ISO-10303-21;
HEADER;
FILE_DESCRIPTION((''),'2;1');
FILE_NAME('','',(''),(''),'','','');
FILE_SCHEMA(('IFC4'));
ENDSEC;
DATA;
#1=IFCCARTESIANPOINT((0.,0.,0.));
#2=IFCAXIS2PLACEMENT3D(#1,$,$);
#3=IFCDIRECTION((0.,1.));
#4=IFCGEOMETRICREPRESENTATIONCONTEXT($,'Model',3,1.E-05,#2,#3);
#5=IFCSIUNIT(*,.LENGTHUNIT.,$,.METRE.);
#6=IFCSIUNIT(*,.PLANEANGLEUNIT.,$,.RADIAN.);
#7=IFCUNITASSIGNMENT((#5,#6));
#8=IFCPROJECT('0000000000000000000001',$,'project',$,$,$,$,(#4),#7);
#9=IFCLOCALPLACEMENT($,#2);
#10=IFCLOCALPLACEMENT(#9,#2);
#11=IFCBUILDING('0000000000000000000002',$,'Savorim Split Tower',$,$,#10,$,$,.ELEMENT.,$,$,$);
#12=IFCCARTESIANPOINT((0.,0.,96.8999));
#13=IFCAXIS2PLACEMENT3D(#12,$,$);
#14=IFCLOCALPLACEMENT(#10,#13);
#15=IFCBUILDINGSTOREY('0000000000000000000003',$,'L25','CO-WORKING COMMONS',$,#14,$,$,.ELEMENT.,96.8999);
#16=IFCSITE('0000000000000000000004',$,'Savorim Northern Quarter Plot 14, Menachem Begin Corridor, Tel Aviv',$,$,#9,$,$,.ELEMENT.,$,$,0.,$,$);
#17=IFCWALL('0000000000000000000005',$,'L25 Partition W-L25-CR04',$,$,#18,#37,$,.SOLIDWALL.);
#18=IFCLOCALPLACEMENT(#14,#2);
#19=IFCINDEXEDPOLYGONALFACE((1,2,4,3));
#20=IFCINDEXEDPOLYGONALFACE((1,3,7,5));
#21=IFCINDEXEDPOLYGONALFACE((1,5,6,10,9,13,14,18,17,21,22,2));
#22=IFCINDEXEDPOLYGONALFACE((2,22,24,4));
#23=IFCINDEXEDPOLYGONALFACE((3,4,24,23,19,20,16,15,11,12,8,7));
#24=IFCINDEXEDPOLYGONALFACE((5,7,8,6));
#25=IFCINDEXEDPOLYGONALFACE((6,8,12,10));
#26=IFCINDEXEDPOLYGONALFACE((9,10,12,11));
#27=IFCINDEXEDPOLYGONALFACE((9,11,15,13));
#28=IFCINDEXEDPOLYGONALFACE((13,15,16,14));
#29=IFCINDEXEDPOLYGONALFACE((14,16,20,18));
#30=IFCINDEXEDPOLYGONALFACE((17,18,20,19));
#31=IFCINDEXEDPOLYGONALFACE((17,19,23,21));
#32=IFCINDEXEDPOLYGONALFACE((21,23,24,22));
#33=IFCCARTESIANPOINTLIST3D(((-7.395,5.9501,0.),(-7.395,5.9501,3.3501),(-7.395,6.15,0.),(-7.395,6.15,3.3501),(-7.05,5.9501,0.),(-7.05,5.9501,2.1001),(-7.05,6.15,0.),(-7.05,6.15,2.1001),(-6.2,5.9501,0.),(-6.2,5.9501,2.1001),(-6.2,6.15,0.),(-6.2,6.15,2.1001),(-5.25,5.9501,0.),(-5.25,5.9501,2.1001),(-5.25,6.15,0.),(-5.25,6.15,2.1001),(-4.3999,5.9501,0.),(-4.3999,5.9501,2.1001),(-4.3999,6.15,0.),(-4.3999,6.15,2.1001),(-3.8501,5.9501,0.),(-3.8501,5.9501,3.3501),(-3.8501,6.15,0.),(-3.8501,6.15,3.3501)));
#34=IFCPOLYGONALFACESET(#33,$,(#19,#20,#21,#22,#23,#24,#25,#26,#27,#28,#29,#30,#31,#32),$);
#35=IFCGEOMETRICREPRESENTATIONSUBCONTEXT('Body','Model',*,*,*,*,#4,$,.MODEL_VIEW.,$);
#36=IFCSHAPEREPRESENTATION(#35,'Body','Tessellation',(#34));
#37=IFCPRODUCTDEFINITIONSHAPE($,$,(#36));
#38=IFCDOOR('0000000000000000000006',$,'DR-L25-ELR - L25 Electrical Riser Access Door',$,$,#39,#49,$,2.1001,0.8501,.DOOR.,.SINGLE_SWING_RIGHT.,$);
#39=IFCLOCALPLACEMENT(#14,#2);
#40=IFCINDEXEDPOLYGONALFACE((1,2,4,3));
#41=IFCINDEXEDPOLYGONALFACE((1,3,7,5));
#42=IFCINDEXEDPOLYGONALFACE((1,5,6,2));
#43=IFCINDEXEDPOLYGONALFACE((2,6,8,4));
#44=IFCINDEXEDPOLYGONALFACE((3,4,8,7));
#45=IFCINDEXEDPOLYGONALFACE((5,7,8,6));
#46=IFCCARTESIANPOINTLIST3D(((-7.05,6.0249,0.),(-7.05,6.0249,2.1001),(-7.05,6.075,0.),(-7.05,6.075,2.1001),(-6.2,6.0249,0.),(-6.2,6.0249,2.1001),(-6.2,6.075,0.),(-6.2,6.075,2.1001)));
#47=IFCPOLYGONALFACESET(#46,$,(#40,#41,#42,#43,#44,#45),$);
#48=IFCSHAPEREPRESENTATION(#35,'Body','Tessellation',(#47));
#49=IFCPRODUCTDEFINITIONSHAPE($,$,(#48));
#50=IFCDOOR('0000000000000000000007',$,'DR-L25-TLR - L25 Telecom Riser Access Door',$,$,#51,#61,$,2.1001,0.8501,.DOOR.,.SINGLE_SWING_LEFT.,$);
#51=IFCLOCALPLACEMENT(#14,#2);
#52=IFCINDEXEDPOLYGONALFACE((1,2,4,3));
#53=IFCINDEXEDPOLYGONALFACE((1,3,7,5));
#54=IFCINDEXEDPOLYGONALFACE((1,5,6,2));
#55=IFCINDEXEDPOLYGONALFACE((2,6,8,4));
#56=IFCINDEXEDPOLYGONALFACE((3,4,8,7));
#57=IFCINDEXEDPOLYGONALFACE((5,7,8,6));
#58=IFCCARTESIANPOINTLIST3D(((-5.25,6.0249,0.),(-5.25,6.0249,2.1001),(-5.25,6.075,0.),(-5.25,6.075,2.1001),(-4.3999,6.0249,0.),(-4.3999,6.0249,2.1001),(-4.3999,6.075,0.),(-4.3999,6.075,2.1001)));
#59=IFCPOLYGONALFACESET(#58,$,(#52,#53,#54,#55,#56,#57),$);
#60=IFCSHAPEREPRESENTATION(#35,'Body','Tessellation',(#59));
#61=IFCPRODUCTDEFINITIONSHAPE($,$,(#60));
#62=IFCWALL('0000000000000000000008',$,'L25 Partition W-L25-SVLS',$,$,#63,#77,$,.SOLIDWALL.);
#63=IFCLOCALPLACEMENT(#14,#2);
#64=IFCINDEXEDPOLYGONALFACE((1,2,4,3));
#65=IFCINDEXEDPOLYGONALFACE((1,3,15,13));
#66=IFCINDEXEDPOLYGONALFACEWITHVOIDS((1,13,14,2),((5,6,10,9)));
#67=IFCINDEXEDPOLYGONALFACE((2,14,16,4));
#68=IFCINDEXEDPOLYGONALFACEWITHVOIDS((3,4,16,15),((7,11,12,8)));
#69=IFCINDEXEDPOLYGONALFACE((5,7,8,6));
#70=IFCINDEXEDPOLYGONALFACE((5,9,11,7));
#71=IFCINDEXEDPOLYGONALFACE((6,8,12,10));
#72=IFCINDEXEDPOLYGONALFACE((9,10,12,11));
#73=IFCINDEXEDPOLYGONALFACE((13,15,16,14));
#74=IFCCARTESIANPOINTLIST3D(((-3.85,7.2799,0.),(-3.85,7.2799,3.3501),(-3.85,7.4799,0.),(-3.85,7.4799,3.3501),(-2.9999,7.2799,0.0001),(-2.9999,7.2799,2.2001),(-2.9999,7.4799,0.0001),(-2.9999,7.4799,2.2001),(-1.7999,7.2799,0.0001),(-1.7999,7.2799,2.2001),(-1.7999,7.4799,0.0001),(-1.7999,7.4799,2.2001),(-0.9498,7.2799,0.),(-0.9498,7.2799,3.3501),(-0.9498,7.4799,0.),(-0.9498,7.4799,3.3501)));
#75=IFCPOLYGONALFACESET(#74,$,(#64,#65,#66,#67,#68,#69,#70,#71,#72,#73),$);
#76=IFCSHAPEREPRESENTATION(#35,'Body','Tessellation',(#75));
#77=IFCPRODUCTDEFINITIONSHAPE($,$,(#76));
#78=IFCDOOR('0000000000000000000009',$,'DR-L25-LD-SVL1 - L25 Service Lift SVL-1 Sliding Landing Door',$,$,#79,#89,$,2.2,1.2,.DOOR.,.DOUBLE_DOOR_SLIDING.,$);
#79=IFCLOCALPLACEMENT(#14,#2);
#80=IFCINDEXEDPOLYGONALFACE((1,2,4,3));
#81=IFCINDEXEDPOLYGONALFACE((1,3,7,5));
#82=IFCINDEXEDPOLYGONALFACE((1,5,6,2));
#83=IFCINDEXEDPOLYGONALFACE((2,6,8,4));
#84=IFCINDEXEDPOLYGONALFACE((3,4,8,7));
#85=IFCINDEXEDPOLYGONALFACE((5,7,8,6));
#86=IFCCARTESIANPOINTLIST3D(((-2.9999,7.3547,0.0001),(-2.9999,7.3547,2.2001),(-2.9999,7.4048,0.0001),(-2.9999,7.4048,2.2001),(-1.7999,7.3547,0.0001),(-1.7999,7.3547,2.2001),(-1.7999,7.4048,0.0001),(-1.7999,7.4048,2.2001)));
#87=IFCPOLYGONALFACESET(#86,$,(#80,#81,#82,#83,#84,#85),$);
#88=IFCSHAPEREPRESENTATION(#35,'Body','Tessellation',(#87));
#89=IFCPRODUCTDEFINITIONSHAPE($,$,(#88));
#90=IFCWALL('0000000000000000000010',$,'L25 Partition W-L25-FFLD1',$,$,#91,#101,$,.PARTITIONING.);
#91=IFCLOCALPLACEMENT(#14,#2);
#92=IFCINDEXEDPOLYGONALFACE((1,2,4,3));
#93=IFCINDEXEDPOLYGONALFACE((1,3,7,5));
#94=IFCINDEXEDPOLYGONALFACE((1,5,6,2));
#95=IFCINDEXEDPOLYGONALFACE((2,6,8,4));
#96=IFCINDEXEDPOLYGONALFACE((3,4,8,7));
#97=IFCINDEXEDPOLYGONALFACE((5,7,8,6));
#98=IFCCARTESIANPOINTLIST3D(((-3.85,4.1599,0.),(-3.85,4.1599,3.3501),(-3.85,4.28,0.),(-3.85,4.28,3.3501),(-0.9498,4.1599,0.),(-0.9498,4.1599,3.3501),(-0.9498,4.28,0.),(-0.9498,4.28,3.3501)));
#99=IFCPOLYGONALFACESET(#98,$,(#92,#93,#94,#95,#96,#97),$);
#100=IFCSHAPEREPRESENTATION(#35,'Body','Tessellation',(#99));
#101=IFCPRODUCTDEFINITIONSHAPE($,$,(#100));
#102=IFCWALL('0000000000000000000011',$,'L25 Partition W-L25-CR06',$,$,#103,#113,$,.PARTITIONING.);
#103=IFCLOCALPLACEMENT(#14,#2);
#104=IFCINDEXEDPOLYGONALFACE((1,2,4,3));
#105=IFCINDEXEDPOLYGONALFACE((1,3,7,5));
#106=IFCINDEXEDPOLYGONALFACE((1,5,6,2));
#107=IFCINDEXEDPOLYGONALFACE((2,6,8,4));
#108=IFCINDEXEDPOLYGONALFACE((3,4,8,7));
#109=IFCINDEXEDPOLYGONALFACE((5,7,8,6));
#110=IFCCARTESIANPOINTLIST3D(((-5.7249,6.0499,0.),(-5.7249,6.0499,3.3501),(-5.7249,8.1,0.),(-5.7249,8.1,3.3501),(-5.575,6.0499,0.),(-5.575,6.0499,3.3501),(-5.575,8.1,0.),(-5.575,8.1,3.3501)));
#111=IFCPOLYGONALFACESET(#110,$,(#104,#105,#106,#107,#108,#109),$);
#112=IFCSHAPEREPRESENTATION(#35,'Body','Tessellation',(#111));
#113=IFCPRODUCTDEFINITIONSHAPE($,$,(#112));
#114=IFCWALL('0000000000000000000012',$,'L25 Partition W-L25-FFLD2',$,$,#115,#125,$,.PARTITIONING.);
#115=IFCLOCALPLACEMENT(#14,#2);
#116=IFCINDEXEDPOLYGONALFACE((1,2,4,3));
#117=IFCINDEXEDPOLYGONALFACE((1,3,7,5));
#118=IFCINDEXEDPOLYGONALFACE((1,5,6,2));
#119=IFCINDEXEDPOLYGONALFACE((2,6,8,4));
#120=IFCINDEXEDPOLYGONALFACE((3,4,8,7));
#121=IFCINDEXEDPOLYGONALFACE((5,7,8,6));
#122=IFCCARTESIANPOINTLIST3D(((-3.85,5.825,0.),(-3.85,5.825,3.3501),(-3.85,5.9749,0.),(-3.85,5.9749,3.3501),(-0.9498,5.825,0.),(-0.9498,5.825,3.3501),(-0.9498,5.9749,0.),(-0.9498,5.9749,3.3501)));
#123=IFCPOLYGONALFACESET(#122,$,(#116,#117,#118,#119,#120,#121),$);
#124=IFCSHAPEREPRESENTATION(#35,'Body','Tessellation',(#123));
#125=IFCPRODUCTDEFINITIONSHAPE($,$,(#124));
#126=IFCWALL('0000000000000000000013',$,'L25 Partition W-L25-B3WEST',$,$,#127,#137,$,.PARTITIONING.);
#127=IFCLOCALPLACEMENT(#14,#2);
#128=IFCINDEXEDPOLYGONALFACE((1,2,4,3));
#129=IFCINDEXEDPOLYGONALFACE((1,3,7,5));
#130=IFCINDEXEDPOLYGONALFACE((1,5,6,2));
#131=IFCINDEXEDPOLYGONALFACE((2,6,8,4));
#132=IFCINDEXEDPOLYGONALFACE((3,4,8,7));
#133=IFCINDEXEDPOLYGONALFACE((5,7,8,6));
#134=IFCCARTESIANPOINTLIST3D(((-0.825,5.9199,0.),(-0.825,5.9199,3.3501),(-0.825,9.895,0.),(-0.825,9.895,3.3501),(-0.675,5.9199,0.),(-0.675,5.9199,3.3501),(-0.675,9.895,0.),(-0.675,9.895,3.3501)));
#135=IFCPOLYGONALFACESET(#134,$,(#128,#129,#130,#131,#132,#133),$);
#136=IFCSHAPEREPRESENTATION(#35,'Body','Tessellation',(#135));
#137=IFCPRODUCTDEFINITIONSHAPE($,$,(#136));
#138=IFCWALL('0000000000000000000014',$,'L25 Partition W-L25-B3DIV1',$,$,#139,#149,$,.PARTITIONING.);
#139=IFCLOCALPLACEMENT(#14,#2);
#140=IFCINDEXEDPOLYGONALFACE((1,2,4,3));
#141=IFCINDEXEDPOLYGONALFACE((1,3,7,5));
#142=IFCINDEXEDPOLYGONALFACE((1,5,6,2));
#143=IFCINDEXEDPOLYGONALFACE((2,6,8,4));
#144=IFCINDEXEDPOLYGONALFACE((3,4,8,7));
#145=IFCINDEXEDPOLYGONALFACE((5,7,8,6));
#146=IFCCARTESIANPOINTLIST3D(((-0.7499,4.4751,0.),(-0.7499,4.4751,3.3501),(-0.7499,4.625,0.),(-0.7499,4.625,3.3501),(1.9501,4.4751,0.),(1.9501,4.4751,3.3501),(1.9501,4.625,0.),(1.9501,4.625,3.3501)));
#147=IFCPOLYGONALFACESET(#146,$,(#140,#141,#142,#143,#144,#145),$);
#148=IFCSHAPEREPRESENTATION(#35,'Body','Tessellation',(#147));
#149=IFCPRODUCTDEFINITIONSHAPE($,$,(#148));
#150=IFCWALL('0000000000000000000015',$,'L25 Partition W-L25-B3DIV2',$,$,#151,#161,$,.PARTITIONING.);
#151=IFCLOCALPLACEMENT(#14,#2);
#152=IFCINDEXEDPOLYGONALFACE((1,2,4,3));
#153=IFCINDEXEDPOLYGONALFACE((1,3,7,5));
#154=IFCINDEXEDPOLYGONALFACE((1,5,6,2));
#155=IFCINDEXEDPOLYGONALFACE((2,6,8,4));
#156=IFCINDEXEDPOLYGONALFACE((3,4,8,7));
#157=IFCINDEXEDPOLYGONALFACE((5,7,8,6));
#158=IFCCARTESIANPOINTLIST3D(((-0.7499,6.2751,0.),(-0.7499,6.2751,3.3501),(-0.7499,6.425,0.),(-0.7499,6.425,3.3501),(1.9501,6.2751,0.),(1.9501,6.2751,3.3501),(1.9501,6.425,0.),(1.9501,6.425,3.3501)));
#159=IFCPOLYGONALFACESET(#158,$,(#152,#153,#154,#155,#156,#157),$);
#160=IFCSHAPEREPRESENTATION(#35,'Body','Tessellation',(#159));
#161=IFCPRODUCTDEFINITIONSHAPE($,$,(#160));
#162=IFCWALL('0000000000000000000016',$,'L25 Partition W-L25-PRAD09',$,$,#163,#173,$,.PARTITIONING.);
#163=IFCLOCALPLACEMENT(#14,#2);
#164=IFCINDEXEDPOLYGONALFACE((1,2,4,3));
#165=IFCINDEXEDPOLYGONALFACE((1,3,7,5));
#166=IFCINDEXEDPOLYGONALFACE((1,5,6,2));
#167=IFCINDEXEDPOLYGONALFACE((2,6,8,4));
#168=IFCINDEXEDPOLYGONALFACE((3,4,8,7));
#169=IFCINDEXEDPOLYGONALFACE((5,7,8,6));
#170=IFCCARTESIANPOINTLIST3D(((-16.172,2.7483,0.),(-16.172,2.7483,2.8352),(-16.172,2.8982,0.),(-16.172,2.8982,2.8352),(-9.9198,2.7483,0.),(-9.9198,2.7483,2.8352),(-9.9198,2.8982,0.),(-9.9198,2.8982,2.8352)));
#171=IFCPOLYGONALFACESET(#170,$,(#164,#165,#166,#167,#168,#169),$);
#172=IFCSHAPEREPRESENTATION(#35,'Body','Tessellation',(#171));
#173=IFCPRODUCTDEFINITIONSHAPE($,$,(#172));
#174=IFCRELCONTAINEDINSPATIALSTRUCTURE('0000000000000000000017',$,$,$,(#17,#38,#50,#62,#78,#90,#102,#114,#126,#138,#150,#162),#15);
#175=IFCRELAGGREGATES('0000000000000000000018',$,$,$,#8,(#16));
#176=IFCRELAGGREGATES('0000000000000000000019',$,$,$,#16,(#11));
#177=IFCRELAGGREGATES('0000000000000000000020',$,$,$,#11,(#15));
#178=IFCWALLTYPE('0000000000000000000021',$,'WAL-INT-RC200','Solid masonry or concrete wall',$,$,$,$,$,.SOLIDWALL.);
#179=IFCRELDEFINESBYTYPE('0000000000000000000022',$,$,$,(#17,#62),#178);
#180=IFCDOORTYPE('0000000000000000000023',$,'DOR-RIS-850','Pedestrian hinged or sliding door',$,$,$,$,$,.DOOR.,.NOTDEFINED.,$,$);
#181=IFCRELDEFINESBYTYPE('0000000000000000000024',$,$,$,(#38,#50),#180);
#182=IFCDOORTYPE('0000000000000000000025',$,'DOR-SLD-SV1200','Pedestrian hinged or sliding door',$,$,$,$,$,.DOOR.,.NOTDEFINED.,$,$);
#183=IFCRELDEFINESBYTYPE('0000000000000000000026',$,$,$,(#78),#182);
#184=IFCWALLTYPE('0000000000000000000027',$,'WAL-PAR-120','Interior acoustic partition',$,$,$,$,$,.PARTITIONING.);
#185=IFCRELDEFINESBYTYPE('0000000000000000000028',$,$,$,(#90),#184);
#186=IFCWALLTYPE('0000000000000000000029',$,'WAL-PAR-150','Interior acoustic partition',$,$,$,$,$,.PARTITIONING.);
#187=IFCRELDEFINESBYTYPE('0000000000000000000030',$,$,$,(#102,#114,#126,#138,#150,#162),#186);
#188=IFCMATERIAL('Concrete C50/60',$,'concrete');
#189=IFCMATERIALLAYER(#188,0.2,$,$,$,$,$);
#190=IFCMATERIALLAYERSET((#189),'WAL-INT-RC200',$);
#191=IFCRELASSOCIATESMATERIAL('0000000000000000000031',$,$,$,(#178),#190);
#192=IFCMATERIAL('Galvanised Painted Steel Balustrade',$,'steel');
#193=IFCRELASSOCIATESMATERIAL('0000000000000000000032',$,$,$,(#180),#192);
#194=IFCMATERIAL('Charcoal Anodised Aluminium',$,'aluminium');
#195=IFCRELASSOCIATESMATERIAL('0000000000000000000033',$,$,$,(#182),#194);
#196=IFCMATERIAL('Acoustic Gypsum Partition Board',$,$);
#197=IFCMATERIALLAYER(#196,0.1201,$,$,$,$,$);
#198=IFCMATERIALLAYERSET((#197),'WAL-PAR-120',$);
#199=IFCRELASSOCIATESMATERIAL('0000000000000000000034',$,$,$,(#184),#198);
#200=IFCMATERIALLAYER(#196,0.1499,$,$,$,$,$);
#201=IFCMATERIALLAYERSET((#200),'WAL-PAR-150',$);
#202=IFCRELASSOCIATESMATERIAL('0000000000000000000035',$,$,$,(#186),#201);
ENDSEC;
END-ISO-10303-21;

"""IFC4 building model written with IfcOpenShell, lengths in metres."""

from ifc_helpers import new_model, si_unit, direction, frame, frame_2d, origin, place, context, subcontext, project, spatial, rectangle, extrude, material, layer, layer_set, type_object, element, fill, save


model = new_model("IFC4")

# Units and contexts
model_context = context("Model", 3, precision=1e-05, world=origin(), true_north=direction((0.0, 1.0)))
body_context = subcontext(model_context, "Body", "Model", "MODEL_VIEW")
ifc_project = project(units=[si_unit("LENGTHUNIT", "METRE"), si_unit("PLANEANGLEUNIT", "RADIAN")], contexts=[model_context])

# Site, building, storey
site_placement = place(None, origin())
site = spatial("IfcSite", under=ifc_project, at=site_placement, Name="Savorim Northern Quarter Plot 14, Menachem Begin Corridor, Tel Aviv", CompositionType="ELEMENT", RefElevation=0.0)
building_placement = place(site_placement, origin())
building = spatial("IfcBuilding", under=site, at=building_placement, Name="Savorim Split Tower", CompositionType="ELEMENT")
storey_placement = place(building_placement, frame((0.0, 0.0, 96.8999)))
storey = spatial("IfcBuildingStorey", under=building, at=storey_placement, Name="L25", Description="CO-WORKING COMMONS", CompositionType="ELEMENT", Elevation=96.8999)

# Shared definitions
ifc_material_1 = material(Name="Charcoal Anodised Aluminium", Category="aluminium")

# Wall, openings, doors
ifc_material_2 = material(Name="Concrete C50/60", Category="concrete")
ifc_layer_1 = layer(ifc_material_2, 0.2)
ifc_layer_set_1 = layer_set([ifc_layer_1], Name="WAL-INT-RC200")
wall_type_1 = type_object("IfcWallType", Name="WAL-INT-RC200", Description="Solid masonry or concrete wall", PredefinedType="SOLIDWALL", material=ifc_layer_set_1)
wall_1_placement = place(storey_placement, frame((-7.395, 6.05, 0.0), z_axis=(0.0, 0.0, 1.0), x_axis=(1.0, 0.0, 0.0)))
wall_1 = element("IfcWall", 1, at=wall_1_placement, inside=storey, type_object=wall_type_1, Name="L25 Partition W-L25-CR04", PredefinedType="SOLIDWALL", context=body_context, shape_type="SweptSolid", body=[
    extrude(rectangle(XDim=3.5449, YDim=0.2, at=frame_2d((1.7725, 0.0))), origin(), (0.0, 0.0, 1.0), 3.3501),
])
opening_1_placement = place(wall_1_placement, frame((0.345, 0.0, 0.0)))
opening_1 = element("IfcOpeningElement", 2, at=opening_1_placement, cuts=wall_1, PredefinedType="OPENING", context=body_context, shape_type="SweptSolid", body=[
    extrude(rectangle(XDim=0.8501, YDim=2.1001, at=frame_2d((0.425, 1.05))), frame((0.0, 0.1099, 0.0), z_axis=(0.0, -1.0, 0.0), x_axis=(1.0, 0.0, 0.0)), (0.0, 0.0, 1.0), 0.22),
])
opening_2_placement = place(wall_1_placement, frame((2.145, 0.0, 0.0)))
opening_2 = element("IfcOpeningElement", 3, at=opening_2_placement, cuts=wall_1, PredefinedType="OPENING", context=body_context, shape_type="SweptSolid", body=[
    extrude(rectangle(XDim=0.8501, YDim=2.1001, at=frame_2d((0.425, 1.05))), frame((0.0, 0.1099, 0.0), z_axis=(0.0, -1.0, 0.0), x_axis=(1.0, 0.0, 0.0)), (0.0, 0.0, 1.0), 0.22),
])
ifc_material_3 = material(Name="Galvanised Painted Steel Balustrade", Category="steel")
door_type_1 = type_object("IfcDoorType", Name="DOR-RIS-850", Description="Pedestrian hinged or sliding door", OperationType="NOTDEFINED", PredefinedType="DOOR", material=ifc_material_3)
door_1_placement = place(opening_1_placement, origin())
door_1 = element("IfcDoor", 4, at=door_1_placement, inside=storey, type_object=door_type_1, Name="DR-L25-ELR - L25 Electrical Riser Access Door", OperationType="SINGLE_SWING_RIGHT", OverallHeight=2.1001, OverallWidth=0.8501, PredefinedType="DOOR", context=body_context, shape_type="SweptSolid", body=[
    extrude(rectangle(XDim=0.8501, YDim=2.1001, at=frame_2d((0.425, 1.05))), frame((0.0, 0.0249, 0.0), z_axis=(0.0, -1.0, 0.0), x_axis=(1.0, 0.0, 0.0)), (0.0, 0.0, 1.0), 0.05),
])
fill(opening_1, door_1)
door_2_placement = place(opening_2_placement, origin())
door_2 = element("IfcDoor", 5, at=door_2_placement, inside=storey, type_object=door_type_1, Name="DR-L25-TLR - L25 Telecom Riser Access Door", OperationType="SINGLE_SWING_LEFT", OverallHeight=2.1001, OverallWidth=0.8501, PredefinedType="DOOR", context=body_context, shape_type="SweptSolid", body=[
    extrude(rectangle(XDim=0.8501, YDim=2.1001, at=frame_2d((0.425, 1.05))), frame((0.0, 0.0249, 0.0), z_axis=(0.0, -1.0, 0.0), x_axis=(1.0, 0.0, 0.0)), (0.0, 0.0, 1.0), 0.05),
])
fill(opening_2, door_2)

# Wall, opening, door
wall_2_placement = place(storey_placement, frame((-3.8501, 7.3799, 0.0), z_axis=(0.0, 0.0, 1.0), x_axis=(1.0, 0.0, 0.0)))
wall_2 = element("IfcWall", 6, at=wall_2_placement, inside=storey, type_object=wall_type_1, Name="L25 Partition W-L25-SVLS", PredefinedType="SOLIDWALL", context=body_context, shape_type="SweptSolid", body=[
    extrude(rectangle(XDim=2.9001, YDim=0.2, at=frame_2d((1.4502, 0.0))), origin(), (0.0, 0.0, 1.0), 3.3501),
])
opening_3_placement = place(wall_2_placement, frame((0.8501, 0.0, 0.0)))
opening_3 = element("IfcOpeningElement", 7, at=opening_3_placement, cuts=wall_2, PredefinedType="OPENING", context=body_context, shape_type="SweptSolid", body=[
    extrude(rectangle(XDim=1.2, YDim=2.2, at=frame_2d((0.6001, 1.1001))), frame((0.0, 0.1099, 0.0), z_axis=(0.0, -1.0, 0.0), x_axis=(1.0, 0.0, 0.0)), (0.0, 0.0, 1.0), 0.22),
])
door_type_2 = type_object("IfcDoorType", Name="DOR-SLD-SV1200", Description="Pedestrian hinged or sliding door", OperationType="NOTDEFINED", PredefinedType="DOOR", material=ifc_material_1)
door_3_placement = place(opening_3_placement, origin())
door_3 = element("IfcDoor", 8, at=door_3_placement, inside=storey, type_object=door_type_2, Name="DR-L25-LD-SVL1 - L25 Service Lift SVL-1 Sliding Landing Door", OperationType="DOUBLE_DOOR_SLIDING", OverallHeight=2.2, OverallWidth=1.2, PredefinedType="DOOR", context=body_context, shape_type="SweptSolid", body=[
    extrude(rectangle(XDim=1.2, YDim=2.2, at=frame_2d((0.6001, 1.1001))), frame((0.0, 0.0249, 0.0), z_axis=(0.0, -1.0, 0.0), x_axis=(1.0, 0.0, 0.0)), (0.0, 0.0, 1.0), 0.05),
])
fill(opening_3, door_3)

# Walls
ifc_material_4 = material(Name="Acoustic Gypsum Partition Board")
ifc_layer_2 = layer(ifc_material_4, 0.1201)
ifc_layer_set_2 = layer_set([ifc_layer_2], Name="WAL-PAR-120")
wall_type_2 = type_object("IfcWallType", Name="WAL-PAR-120", Description="Interior acoustic partition", PredefinedType="PARTITIONING", material=ifc_layer_set_2)
wall_3_placement = place(storey_placement, frame((-3.8501, 4.22, 0.0), z_axis=(0.0, 0.0, 1.0), x_axis=(1.0, 0.0, 0.0)))
element("IfcWall", 9, at=wall_3_placement, inside=storey, type_object=wall_type_2, Name="L25 Partition W-L25-FFLD1", PredefinedType="PARTITIONING", context=body_context, shape_type="SweptSolid", body=[
    extrude(rectangle(XDim=2.9001, YDim=0.1201, at=frame_2d((1.4502, 0.0))), origin(), (0.0, 0.0, 1.0), 3.3501),
])
ifc_layer_3 = layer(ifc_material_4, 0.1499)
ifc_layer_set_3 = layer_set([ifc_layer_3], Name="WAL-PAR-150")
wall_type_3 = type_object("IfcWallType", Name="WAL-PAR-150", Description="Interior acoustic partition", PredefinedType="PARTITIONING", material=ifc_layer_set_3)
wall_4_placement = place(storey_placement, frame((-5.6499, 6.05, 0.0), z_axis=(0.0, 0.0, 1.0), x_axis=(0.0, 1.0, 0.0)))
element("IfcWall", 10, at=wall_4_placement, inside=storey, type_object=wall_type_3, Name="L25 Partition W-L25-CR06", PredefinedType="PARTITIONING", context=body_context, shape_type="SweptSolid", body=[
    extrude(rectangle(XDim=2.05, YDim=0.1499, at=frame_2d((1.0249, 0.0))), origin(), (0.0, 0.0, 1.0), 3.3501),
])
wall_5_placement = place(storey_placement, frame((-3.8501, 5.8999, 0.0), z_axis=(0.0, 0.0, 1.0), x_axis=(1.0, 0.0, 0.0)))
element("IfcWall", 11, at=wall_5_placement, inside=storey, type_object=wall_type_3, Name="L25 Partition W-L25-FFLD2", PredefinedType="PARTITIONING", context=body_context, shape_type="SweptSolid", body=[
    extrude(rectangle(XDim=2.9001, YDim=0.1499, at=frame_2d((1.4502, 0.0))), origin(), (0.0, 0.0, 1.0), 3.3501),
])
wall_6_placement = place(storey_placement, frame((-0.75, 5.9199, 0.0), z_axis=(0.0, 0.0, 1.0), x_axis=(0.0, 1.0, 0.0)))
element("IfcWall", 12, at=wall_6_placement, inside=storey, type_object=wall_type_3, Name="L25 Partition W-L25-B3WEST", PredefinedType="PARTITIONING", context=body_context, shape_type="SweptSolid", body=[
    extrude(rectangle(XDim=3.9751, YDim=0.1499, at=frame_2d((1.9875, 0.0))), origin(), (0.0, 0.0, 1.0), 3.3501),
])
for number, where, z_axis, x_axis, name in (
    (13, (-0.75, 4.55, 0.0), (0.0, 0.0, 1.0), (1.0, 0.0, 0.0), "L25 Partition W-L25-B3DIV1"),
    (14, (-0.75, 6.3501, 0.0), (0.0, 0.0, 1.0), (1.0, 0.0, 0.0), "L25 Partition W-L25-B3DIV2"),
):
    element("IfcWall", number, at=place(storey_placement, frame(where, z_axis=z_axis, x_axis=x_axis)), inside=storey, type_object=wall_type_3, Name=name, PredefinedType="PARTITIONING", context=body_context, shape_type="SweptSolid", body=[
        extrude(rectangle(XDim=2.7, YDim=0.1499, at=frame_2d((1.3501, 0.0))), origin(), (0.0, 0.0, 1.0), 3.3501),
    ])
wall_7_placement = place(storey_placement, frame((-9.9199, 2.8232, 0.0), z_axis=(0.0, 0.0, 1.0), x_axis=(-1.0, 0.0, 0.0)))
element("IfcWall", 15, at=wall_7_placement, inside=storey, type_object=wall_type_3, Name="L25 Partition W-L25-PRAD09", PredefinedType="PARTITIONING", context=body_context, shape_type="SweptSolid", body=[
    extrude(rectangle(XDim=6.2522, YDim=0.1499, at=frame_2d((3.126, 0.0))), origin(), (0.0, 0.0, 1.0), 2.8352),
])

save(model, "model.ifc")
